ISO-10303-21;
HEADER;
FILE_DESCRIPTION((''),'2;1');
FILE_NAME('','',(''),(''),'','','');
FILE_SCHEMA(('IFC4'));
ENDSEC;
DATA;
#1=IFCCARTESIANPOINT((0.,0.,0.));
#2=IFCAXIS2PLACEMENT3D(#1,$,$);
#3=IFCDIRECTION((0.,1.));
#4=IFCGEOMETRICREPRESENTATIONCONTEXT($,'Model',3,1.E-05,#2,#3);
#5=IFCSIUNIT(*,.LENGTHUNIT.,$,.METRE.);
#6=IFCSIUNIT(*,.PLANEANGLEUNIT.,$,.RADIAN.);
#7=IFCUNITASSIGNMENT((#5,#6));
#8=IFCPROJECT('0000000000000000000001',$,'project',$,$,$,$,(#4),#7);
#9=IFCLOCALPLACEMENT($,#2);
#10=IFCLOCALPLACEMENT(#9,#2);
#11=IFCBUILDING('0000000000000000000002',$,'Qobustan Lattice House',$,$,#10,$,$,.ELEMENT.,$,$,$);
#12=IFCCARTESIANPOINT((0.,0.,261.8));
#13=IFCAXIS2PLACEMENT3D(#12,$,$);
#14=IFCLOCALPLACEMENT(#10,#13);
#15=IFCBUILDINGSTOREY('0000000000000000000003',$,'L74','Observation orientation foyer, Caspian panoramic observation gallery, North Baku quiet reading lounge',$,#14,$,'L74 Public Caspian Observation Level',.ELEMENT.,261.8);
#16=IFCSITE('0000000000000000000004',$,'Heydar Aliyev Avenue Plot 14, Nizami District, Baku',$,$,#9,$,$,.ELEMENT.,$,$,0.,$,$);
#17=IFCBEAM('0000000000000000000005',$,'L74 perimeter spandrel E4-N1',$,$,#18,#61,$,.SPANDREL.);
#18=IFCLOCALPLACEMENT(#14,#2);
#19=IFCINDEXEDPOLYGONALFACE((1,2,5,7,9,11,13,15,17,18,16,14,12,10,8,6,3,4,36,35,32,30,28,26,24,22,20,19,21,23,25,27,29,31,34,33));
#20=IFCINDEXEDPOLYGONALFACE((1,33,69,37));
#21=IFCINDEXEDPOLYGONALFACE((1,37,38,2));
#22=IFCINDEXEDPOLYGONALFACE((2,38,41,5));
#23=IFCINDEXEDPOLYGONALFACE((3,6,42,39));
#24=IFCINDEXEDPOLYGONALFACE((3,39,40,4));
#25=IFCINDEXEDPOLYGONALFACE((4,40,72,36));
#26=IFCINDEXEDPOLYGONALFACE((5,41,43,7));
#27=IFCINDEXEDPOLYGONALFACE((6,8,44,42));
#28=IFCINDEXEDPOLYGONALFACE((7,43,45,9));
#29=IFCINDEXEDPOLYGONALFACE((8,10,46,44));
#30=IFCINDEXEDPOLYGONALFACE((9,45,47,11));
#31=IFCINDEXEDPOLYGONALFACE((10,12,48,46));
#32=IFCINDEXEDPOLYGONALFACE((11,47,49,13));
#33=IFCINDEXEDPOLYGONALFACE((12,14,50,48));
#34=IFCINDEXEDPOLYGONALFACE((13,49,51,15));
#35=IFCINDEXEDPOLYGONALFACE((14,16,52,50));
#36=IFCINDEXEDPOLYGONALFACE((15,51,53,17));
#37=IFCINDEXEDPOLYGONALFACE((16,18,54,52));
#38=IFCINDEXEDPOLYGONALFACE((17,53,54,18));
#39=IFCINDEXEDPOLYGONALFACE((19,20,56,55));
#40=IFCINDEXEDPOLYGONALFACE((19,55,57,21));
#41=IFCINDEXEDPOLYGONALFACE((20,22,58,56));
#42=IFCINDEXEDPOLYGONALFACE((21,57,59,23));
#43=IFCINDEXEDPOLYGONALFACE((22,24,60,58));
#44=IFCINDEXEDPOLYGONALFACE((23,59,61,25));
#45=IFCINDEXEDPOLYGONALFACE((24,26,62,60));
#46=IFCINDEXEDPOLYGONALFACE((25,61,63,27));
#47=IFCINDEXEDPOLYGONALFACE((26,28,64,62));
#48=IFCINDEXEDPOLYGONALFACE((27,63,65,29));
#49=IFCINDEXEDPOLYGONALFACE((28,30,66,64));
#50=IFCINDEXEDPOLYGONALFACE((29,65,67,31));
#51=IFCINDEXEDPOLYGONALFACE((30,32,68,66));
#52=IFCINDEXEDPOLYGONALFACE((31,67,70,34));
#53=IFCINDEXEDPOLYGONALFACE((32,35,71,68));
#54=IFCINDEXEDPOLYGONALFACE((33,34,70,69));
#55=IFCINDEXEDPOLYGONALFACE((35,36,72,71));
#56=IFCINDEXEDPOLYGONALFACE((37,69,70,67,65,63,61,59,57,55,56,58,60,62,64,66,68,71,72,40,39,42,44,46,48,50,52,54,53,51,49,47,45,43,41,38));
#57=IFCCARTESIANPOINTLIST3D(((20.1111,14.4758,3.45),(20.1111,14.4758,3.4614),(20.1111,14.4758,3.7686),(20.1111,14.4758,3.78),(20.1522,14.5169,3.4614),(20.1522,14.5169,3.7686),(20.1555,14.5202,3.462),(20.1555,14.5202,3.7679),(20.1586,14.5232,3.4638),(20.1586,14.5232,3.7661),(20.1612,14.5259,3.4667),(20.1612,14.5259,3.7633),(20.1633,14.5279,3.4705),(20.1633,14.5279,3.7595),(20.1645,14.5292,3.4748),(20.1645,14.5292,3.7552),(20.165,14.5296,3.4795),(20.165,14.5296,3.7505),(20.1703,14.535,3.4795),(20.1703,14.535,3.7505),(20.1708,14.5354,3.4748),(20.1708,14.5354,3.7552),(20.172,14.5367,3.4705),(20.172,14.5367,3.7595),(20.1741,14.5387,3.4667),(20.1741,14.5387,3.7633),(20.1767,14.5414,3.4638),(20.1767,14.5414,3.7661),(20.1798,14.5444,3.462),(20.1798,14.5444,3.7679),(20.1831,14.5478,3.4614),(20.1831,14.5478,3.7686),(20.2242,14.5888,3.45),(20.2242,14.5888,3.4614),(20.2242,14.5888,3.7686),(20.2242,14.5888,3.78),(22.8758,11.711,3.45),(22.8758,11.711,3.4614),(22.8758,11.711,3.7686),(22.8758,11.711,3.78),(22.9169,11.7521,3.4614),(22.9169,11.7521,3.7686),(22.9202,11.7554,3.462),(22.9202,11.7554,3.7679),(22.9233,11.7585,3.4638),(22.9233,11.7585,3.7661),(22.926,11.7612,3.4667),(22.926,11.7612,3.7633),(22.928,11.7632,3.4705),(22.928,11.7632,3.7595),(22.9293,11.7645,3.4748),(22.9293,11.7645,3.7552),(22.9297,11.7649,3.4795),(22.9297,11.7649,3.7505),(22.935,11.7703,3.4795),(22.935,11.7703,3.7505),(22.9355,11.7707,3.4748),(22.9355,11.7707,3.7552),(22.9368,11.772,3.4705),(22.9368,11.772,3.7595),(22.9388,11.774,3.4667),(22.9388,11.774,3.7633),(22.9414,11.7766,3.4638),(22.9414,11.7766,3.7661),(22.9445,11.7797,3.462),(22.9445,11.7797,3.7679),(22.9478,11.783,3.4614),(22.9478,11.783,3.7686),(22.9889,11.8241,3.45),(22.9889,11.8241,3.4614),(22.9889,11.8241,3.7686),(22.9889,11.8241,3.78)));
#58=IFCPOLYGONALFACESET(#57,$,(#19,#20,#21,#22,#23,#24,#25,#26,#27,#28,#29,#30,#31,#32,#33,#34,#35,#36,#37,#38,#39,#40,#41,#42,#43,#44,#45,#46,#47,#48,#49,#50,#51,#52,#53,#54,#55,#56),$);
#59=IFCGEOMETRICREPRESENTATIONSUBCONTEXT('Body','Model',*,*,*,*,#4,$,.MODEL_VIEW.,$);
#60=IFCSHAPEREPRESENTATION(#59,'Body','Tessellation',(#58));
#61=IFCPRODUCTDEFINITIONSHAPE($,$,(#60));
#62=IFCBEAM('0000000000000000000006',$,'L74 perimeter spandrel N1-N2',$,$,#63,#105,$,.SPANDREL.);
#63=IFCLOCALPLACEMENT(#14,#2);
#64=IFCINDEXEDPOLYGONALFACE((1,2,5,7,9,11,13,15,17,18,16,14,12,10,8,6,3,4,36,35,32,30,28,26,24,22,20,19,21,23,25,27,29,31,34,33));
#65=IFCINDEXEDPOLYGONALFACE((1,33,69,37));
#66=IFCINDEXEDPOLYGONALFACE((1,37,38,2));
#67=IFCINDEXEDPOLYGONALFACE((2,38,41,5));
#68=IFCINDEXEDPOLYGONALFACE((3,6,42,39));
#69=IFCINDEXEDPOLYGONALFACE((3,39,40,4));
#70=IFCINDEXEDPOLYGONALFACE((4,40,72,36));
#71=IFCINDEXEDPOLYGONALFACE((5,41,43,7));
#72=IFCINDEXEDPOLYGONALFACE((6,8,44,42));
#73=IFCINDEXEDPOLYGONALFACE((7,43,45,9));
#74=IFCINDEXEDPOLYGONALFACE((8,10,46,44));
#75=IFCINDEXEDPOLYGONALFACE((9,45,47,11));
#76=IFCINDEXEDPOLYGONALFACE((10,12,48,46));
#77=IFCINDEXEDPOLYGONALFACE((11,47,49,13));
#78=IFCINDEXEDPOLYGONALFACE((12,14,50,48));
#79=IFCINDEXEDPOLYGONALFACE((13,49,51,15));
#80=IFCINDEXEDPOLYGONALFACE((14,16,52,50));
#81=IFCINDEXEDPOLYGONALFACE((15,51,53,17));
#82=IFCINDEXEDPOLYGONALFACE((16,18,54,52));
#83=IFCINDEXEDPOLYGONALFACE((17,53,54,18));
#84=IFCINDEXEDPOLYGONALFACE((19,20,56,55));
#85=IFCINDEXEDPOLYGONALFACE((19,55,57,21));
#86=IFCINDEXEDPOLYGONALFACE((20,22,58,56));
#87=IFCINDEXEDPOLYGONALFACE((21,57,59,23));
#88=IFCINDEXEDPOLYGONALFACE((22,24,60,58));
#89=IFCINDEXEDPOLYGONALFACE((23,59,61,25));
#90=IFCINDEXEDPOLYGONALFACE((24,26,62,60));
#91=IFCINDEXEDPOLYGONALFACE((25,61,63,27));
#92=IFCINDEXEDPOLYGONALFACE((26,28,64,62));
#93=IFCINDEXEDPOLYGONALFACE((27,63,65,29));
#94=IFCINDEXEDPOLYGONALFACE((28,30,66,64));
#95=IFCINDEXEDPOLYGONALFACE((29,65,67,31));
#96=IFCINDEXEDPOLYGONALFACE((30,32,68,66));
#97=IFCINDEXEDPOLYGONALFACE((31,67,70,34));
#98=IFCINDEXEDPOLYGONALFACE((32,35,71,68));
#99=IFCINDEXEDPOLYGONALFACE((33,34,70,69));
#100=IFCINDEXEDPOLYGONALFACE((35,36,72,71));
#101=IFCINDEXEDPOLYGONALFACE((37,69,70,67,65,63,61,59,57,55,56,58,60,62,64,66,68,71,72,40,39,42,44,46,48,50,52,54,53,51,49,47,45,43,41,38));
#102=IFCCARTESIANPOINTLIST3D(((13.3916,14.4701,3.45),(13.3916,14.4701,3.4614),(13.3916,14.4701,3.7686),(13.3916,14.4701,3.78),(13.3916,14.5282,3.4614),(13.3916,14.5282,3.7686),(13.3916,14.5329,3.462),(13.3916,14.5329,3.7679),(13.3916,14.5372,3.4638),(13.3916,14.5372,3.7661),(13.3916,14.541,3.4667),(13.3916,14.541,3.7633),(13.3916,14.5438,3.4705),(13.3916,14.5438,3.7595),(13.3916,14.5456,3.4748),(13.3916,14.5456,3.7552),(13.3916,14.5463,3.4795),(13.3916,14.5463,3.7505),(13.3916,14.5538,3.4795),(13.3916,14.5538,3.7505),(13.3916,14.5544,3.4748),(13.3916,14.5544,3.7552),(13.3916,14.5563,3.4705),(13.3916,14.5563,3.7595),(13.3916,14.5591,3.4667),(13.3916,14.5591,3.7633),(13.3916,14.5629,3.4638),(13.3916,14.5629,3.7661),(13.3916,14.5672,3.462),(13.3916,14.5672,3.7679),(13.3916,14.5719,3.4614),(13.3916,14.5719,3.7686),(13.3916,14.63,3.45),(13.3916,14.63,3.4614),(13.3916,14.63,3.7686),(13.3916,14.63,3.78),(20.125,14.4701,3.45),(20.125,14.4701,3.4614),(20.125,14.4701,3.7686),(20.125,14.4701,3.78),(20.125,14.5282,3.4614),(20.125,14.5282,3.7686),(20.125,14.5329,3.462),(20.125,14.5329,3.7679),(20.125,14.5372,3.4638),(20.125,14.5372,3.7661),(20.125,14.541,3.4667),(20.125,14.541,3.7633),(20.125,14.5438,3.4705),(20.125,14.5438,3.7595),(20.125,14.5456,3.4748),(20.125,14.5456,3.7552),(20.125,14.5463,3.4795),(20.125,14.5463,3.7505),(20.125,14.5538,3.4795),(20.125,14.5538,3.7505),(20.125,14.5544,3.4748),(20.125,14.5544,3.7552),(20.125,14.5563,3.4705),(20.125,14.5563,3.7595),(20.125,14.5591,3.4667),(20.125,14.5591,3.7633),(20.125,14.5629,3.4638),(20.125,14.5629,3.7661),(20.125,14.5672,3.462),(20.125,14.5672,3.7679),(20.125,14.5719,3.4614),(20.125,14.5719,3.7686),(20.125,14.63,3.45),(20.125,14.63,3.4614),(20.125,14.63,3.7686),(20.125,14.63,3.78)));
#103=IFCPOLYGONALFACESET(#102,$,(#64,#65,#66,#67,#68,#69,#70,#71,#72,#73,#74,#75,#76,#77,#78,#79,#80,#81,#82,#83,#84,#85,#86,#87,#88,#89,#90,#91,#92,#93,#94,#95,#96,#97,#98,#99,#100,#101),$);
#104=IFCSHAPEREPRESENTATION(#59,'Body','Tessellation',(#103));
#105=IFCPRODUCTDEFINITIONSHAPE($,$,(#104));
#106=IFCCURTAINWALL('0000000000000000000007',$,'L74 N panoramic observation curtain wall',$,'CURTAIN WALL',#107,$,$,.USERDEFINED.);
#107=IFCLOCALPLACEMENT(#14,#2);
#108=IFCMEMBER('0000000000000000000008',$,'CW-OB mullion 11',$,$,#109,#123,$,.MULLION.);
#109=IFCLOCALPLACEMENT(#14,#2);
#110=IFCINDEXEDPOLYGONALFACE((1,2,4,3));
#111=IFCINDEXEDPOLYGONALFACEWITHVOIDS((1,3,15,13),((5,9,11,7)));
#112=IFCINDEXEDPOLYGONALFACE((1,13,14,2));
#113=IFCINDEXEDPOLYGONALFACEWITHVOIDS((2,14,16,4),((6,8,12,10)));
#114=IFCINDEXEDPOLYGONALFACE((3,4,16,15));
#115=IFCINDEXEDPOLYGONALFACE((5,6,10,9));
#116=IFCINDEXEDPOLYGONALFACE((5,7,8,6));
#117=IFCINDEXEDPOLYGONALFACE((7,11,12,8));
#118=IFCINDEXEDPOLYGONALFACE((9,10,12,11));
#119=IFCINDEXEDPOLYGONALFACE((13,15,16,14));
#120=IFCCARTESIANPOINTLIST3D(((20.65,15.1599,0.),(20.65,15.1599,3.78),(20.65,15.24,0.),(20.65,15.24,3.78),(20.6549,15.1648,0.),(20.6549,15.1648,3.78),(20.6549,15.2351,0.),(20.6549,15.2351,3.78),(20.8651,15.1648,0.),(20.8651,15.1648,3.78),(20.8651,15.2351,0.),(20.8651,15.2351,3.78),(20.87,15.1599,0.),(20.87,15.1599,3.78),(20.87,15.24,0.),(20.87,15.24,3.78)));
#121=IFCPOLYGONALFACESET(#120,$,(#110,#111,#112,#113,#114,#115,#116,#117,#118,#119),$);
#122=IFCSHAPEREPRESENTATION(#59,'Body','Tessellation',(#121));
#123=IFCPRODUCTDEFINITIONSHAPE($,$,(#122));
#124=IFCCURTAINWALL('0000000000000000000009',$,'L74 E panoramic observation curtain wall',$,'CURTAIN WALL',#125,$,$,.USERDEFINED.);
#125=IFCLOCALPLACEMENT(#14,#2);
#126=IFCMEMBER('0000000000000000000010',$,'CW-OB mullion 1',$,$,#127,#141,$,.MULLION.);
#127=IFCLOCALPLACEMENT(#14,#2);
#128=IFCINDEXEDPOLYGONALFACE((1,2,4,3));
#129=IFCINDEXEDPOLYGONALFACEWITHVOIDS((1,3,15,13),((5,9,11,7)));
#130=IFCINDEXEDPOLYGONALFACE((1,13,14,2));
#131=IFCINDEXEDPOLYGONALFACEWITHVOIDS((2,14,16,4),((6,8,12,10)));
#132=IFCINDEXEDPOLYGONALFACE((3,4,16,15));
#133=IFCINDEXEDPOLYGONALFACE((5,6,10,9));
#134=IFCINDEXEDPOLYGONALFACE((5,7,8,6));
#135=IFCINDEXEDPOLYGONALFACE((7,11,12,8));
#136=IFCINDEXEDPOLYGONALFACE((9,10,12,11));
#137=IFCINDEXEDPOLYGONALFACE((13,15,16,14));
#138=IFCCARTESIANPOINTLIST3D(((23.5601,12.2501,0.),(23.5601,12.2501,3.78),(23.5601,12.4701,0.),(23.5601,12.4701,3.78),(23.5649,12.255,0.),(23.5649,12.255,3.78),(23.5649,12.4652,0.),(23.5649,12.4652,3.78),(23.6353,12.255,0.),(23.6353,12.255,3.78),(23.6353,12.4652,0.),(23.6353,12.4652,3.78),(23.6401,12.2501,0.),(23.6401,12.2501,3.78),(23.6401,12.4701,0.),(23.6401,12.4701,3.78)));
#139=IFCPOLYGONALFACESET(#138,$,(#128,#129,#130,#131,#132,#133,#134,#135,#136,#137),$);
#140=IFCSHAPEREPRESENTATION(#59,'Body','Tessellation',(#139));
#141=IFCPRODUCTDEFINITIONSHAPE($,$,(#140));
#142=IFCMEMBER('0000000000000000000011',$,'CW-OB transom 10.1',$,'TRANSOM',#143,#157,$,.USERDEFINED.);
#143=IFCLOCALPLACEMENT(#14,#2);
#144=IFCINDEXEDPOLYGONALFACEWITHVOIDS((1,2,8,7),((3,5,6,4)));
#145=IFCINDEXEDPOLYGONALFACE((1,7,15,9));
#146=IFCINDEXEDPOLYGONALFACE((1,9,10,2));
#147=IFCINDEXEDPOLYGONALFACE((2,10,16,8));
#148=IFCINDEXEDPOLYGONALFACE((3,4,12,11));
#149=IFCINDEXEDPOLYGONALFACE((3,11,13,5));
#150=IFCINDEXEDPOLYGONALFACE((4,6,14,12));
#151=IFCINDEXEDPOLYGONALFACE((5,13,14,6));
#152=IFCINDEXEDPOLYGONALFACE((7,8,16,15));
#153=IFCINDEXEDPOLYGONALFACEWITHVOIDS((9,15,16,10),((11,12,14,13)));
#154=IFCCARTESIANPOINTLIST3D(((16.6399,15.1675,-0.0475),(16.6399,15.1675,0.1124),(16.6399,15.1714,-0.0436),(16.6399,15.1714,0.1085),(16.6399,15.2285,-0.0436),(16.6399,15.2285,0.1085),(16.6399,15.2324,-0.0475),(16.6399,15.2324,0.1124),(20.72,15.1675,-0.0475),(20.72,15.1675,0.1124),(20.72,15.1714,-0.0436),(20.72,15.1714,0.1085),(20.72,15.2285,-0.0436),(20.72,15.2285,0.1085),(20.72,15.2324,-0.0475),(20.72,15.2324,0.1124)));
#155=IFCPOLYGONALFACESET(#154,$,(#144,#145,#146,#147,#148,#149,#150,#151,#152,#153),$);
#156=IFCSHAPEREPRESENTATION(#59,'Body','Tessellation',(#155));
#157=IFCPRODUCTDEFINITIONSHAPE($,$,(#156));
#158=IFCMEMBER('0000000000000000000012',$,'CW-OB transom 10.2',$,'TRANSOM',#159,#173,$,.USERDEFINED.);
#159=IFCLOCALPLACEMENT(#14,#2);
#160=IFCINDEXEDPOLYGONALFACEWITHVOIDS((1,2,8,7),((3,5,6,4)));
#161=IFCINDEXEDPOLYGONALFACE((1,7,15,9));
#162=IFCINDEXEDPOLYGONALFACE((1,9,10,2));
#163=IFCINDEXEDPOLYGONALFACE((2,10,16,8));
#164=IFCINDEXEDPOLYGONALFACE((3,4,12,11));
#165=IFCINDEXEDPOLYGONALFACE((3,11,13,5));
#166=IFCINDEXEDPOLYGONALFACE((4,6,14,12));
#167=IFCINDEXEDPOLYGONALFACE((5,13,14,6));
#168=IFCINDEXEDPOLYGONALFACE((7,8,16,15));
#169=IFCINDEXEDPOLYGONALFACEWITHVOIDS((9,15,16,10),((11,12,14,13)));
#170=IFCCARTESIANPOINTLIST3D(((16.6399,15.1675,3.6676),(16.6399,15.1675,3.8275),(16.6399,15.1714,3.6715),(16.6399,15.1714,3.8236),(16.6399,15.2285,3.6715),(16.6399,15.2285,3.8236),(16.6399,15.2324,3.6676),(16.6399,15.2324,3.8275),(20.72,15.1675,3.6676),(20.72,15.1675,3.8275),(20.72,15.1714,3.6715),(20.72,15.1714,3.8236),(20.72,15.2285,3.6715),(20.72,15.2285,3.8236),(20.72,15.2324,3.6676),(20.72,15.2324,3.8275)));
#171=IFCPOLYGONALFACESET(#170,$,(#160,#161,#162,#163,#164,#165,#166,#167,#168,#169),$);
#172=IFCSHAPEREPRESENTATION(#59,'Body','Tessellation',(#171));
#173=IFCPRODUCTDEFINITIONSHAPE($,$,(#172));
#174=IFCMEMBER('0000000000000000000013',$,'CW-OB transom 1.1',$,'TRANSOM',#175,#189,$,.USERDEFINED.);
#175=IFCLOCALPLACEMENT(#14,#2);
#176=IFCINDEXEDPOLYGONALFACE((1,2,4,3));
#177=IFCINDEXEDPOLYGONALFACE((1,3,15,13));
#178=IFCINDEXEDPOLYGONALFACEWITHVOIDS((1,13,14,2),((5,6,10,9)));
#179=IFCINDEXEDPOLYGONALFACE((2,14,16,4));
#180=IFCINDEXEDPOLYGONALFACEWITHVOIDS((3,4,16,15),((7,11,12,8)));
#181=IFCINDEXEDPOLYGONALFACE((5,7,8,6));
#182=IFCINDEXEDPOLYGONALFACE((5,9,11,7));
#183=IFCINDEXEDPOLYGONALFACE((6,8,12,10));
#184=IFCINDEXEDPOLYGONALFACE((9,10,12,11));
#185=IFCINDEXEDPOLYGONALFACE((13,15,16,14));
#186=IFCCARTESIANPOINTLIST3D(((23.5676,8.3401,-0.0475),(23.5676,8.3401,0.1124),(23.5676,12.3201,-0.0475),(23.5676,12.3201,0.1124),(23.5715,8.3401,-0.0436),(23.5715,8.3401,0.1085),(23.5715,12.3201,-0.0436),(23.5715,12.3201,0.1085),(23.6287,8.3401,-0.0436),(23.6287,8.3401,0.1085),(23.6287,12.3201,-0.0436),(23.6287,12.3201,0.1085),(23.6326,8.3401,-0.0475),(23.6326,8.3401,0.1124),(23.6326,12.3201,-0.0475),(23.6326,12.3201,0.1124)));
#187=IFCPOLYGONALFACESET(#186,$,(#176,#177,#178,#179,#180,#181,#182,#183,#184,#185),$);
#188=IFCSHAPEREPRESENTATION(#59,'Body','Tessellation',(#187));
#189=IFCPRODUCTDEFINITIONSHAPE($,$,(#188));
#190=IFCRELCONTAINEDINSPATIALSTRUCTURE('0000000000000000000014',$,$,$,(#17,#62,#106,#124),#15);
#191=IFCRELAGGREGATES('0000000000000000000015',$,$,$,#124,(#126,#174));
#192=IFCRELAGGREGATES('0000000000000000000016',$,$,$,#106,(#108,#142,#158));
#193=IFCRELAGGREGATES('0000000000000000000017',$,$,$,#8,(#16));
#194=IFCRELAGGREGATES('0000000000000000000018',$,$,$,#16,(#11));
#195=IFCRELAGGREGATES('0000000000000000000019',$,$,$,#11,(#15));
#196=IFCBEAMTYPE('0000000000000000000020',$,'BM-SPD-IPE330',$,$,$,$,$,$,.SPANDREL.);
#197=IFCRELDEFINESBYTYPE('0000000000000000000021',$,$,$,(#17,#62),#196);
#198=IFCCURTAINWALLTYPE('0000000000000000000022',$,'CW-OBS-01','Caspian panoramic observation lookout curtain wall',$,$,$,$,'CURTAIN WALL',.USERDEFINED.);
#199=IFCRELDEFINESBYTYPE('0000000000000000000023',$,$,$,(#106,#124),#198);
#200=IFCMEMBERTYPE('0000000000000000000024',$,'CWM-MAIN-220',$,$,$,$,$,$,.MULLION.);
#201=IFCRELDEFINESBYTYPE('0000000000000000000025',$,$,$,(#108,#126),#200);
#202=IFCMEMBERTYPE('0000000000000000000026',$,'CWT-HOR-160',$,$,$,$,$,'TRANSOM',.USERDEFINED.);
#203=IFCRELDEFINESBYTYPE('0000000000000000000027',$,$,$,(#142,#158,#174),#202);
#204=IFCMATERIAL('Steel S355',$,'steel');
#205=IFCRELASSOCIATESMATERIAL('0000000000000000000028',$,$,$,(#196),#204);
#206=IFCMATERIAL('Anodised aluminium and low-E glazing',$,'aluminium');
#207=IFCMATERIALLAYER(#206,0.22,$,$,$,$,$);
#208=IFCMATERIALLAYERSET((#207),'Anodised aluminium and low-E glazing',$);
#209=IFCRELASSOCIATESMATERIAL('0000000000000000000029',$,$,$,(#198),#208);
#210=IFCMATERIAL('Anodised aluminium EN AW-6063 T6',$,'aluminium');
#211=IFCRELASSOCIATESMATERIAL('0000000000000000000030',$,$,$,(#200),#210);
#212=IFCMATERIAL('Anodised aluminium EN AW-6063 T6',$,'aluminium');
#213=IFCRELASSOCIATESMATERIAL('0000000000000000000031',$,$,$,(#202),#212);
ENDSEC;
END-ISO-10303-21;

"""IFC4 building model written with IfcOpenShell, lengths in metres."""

from ifc_helpers import new_model, si_unit, direction, frame, origin, origin_2d, place, context, subcontext, project, spatial, hollow_rectangle, i_section, extrude, material, layer, layer_set, material_profile, profile_set, type_object, element, aggregate, save


model = new_model("IFC4")

# Units and contexts
model_context = context("Model", 3, precision=1e-05, world=origin(), true_north=direction((0.0, 1.0)))
body_context = subcontext(model_context, "Body", "Model", "MODEL_VIEW")
ifc_project = project(units=[si_unit("LENGTHUNIT", "METRE"), si_unit("PLANEANGLEUNIT", "RADIAN")], contexts=[model_context])

# Site, building, storey
site_placement = place(None, origin())
site = spatial("IfcSite", under=ifc_project, at=site_placement, Name="Heydar Aliyev Avenue Plot 14, Nizami District, Baku", CompositionType="ELEMENT", RefElevation=0.0)
building_placement = place(site_placement, origin())
building = spatial("IfcBuilding", under=site, at=building_placement, Name="Qobustan Lattice House", CompositionType="ELEMENT")
storey_placement = place(building_placement, frame((0.0, 0.0, 261.8)))
storey = spatial("IfcBuildingStorey", under=building, at=storey_placement, Name="L74", Description="Observation orientation foyer, Caspian panoramic observation gallery, North Baku quiet reading lounge", LongName="L74 Public Caspian Observation Level", CompositionType="ELEMENT", Elevation=261.8)

# Beams
ifc_material_1 = material(Name="Steel S355", Category="steel")
ifc_material_profile_1 = material_profile(ifc_material_1, i_section(OverallWidth=0.1599, OverallDepth=0.3301, WebThickness=0.0076, FlangeThickness=0.0115, FilletRadius=0.0181, at=origin_2d()), Name="IPE330")
ifc_profile_set_1 = profile_set([ifc_material_profile_1], Name="Steel S355")
beam_type_1 = type_object("IfcBeamType", Name="BM-SPD-IPE330", PredefinedType="SPANDREL", material=ifc_profile_set_1)
beam_1_placement = place(storey_placement, frame((22.9324, 11.7676, 3.615), z_axis=(-0.707107, 0.707107, 0.0), x_axis=(-0.707107, -0.707107, 0.0)))
element("IfcBeam", 1, at=beam_1_placement, inside=storey, type_object=beam_type_1, Name="L74 perimeter spandrel E4-N1", PredefinedType="SPANDREL", context=body_context, shape_type="SweptSolid", body=[
    extrude(i_section(OverallWidth=0.1599, OverallDepth=0.3301, WebThickness=0.0076, FlangeThickness=0.0115, FilletRadius=0.0181, at=origin_2d()), origin(), (0.0, 0.0, 1.0), 3.9099),
])
beam_2_placement = place(storey_placement, frame((20.125, 14.55, 3.615), z_axis=(-1.0, 0.0, 0.0), x_axis=(0.0, -1.0, 0.0)))
element("IfcBeam", 2, at=beam_2_placement, inside=storey, type_object=beam_type_1, Name="L74 perimeter spandrel N1-N2", PredefinedType="SPANDREL", context=body_context, shape_type="SweptSolid", body=[
    extrude(i_section(OverallWidth=0.1599, OverallDepth=0.3301, WebThickness=0.0076, FlangeThickness=0.0115, FilletRadius=0.0181, at=origin_2d()), origin(), (0.0, 0.0, 1.0), 6.7334),
])

# Curtain walls, members
ifc_material_2 = material(Name="Anodised aluminium and low-E glazing", Category="aluminium")
ifc_layer_1 = layer(ifc_material_2, 0.22)
ifc_layer_set_1 = layer_set([ifc_layer_1], Name="Anodised aluminium and low-E glazing")
curtain_wall_type = type_object("IfcCurtainWallType", Name="CW-OBS-01", Description="Caspian panoramic observation lookout curtain wall", ElementType="CURTAIN WALL", PredefinedType="USERDEFINED", material=ifc_layer_set_1)
curtain_wall_1_placement = place(storey_placement, origin())
curtain_wall_1 = element("IfcCurtainWall", 3, at=curtain_wall_1_placement, inside=storey, type_object=curtain_wall_type, Name="L74 N panoramic observation curtain wall", ObjectType="CURTAIN WALL", PredefinedType="USERDEFINED")
ifc_material_3 = material(Name="Anodised aluminium EN AW-6063 T6", Category="aluminium")
ifc_material_profile_2 = material_profile(ifc_material_3, hollow_rectangle(XDim=0.0801, YDim=0.22, WallThickness=0.0049, at=origin_2d()), Name="CWM-220x80")
ifc_profile_set_2 = profile_set([ifc_material_profile_2], Name="Anodised aluminium EN AW-6063 T6")
member_type_1 = type_object("IfcMemberType", Name="CWM-MAIN-220", PredefinedType="MULLION", material=ifc_profile_set_2)
member_1_placement = place(storey_placement, frame((20.76, 15.2, 0.0), z_axis=(0.0, 0.0, 1.0), x_axis=(0.0, 1.0, 0.0)))
member_1 = element("IfcMember", 4, at=member_1_placement, type_object=member_type_1, Name="CW-OB mullion 11", PredefinedType="MULLION", context=body_context, shape_type="SweptSolid", body=[
    extrude(hollow_rectangle(XDim=0.0801, YDim=0.22, WallThickness=0.0049, at=origin_2d()), origin(), (0.0, 0.0, 1.0), 3.78),
])
curtain_wall_2_placement = place(storey_placement, origin())
curtain_wall_2 = element("IfcCurtainWall", 5, at=curtain_wall_2_placement, inside=storey, type_object=curtain_wall_type, Name="L74 E panoramic observation curtain wall", ObjectType="CURTAIN WALL", PredefinedType="USERDEFINED")
member_2_placement = place(storey_placement, frame((23.6001, 12.3601, 0.0), z_axis=(0.0, 0.0, 1.0), x_axis=(1.0, 0.0, 0.0)))
member_2 = element("IfcMember", 6, at=member_2_placement, type_object=member_type_1, Name="CW-OB mullion 1", PredefinedType="MULLION", context=body_context, shape_type="SweptSolid", body=[
    extrude(hollow_rectangle(XDim=0.0801, YDim=0.22, WallThickness=0.0049, at=origin_2d()), origin(), (0.0, 0.0, 1.0), 3.78),
])

# Members
ifc_material_4 = material(Name="Anodised aluminium EN AW-6063 T6", Category="aluminium")
ifc_material_profile_3 = material_profile(ifc_material_4, hollow_rectangle(XDim=0.0649, YDim=0.1599, WallThickness=0.0039, at=origin_2d()), Name="CWT-160x65")
ifc_profile_set_3 = profile_set([ifc_material_profile_3], Name="Anodised aluminium EN AW-6063 T6")
member_type_2 = type_object("IfcMemberType", Name="CWT-HOR-160", ElementType="TRANSOM", PredefinedType="USERDEFINED", material=ifc_profile_set_3)
member_3_placement = place(storey_placement, frame((16.6399, 15.2, 0.0325), z_axis=(1.0, 0.0, 0.0), x_axis=(0.0, 1.0, 0.0)))
member_3 = element("IfcMember", 7, at=member_3_placement, type_object=member_type_2, Name="CW-OB transom 10.1", ObjectType="TRANSOM", PredefinedType="USERDEFINED", context=body_context, shape_type="SweptSolid", body=[
    extrude(hollow_rectangle(XDim=0.0649, YDim=0.1599, WallThickness=0.0039, at=origin_2d()), origin(), (0.0, 0.0, 1.0), 4.0801),
])
member_4_placement = place(storey_placement, frame((16.6399, 15.2, 3.7476), z_axis=(1.0, 0.0, 0.0), x_axis=(0.0, 1.0, 0.0)))
member_4 = element("IfcMember", 8, at=member_4_placement, type_object=member_type_2, Name="CW-OB transom 10.2", ObjectType="TRANSOM", PredefinedType="USERDEFINED", context=body_context, shape_type="SweptSolid", body=[
    extrude(hollow_rectangle(XDim=0.0649, YDim=0.1599, WallThickness=0.0039, at=origin_2d()), origin(), (0.0, 0.0, 1.0), 4.0801),
])
member_5_placement = place(storey_placement, frame((23.6001, 12.3201, 0.0325), z_axis=(0.0, -1.0, 0.0), x_axis=(1.0, 0.0, 0.0)))
member_5 = element("IfcMember", 9, at=member_5_placement, type_object=member_type_2, Name="CW-OB transom 1.1", ObjectType="TRANSOM", PredefinedType="USERDEFINED", context=body_context, shape_type="SweptSolid", body=[
    extrude(hollow_rectangle(XDim=0.0649, YDim=0.1599, WallThickness=0.0039, at=origin_2d()), origin(), (0.0, 0.0, 1.0), 3.98),
])
aggregate(curtain_wall_2, [member_2, member_5])

aggregate(curtain_wall_1, [member_1, member_3, member_4])

save(model, "model.ifc")
